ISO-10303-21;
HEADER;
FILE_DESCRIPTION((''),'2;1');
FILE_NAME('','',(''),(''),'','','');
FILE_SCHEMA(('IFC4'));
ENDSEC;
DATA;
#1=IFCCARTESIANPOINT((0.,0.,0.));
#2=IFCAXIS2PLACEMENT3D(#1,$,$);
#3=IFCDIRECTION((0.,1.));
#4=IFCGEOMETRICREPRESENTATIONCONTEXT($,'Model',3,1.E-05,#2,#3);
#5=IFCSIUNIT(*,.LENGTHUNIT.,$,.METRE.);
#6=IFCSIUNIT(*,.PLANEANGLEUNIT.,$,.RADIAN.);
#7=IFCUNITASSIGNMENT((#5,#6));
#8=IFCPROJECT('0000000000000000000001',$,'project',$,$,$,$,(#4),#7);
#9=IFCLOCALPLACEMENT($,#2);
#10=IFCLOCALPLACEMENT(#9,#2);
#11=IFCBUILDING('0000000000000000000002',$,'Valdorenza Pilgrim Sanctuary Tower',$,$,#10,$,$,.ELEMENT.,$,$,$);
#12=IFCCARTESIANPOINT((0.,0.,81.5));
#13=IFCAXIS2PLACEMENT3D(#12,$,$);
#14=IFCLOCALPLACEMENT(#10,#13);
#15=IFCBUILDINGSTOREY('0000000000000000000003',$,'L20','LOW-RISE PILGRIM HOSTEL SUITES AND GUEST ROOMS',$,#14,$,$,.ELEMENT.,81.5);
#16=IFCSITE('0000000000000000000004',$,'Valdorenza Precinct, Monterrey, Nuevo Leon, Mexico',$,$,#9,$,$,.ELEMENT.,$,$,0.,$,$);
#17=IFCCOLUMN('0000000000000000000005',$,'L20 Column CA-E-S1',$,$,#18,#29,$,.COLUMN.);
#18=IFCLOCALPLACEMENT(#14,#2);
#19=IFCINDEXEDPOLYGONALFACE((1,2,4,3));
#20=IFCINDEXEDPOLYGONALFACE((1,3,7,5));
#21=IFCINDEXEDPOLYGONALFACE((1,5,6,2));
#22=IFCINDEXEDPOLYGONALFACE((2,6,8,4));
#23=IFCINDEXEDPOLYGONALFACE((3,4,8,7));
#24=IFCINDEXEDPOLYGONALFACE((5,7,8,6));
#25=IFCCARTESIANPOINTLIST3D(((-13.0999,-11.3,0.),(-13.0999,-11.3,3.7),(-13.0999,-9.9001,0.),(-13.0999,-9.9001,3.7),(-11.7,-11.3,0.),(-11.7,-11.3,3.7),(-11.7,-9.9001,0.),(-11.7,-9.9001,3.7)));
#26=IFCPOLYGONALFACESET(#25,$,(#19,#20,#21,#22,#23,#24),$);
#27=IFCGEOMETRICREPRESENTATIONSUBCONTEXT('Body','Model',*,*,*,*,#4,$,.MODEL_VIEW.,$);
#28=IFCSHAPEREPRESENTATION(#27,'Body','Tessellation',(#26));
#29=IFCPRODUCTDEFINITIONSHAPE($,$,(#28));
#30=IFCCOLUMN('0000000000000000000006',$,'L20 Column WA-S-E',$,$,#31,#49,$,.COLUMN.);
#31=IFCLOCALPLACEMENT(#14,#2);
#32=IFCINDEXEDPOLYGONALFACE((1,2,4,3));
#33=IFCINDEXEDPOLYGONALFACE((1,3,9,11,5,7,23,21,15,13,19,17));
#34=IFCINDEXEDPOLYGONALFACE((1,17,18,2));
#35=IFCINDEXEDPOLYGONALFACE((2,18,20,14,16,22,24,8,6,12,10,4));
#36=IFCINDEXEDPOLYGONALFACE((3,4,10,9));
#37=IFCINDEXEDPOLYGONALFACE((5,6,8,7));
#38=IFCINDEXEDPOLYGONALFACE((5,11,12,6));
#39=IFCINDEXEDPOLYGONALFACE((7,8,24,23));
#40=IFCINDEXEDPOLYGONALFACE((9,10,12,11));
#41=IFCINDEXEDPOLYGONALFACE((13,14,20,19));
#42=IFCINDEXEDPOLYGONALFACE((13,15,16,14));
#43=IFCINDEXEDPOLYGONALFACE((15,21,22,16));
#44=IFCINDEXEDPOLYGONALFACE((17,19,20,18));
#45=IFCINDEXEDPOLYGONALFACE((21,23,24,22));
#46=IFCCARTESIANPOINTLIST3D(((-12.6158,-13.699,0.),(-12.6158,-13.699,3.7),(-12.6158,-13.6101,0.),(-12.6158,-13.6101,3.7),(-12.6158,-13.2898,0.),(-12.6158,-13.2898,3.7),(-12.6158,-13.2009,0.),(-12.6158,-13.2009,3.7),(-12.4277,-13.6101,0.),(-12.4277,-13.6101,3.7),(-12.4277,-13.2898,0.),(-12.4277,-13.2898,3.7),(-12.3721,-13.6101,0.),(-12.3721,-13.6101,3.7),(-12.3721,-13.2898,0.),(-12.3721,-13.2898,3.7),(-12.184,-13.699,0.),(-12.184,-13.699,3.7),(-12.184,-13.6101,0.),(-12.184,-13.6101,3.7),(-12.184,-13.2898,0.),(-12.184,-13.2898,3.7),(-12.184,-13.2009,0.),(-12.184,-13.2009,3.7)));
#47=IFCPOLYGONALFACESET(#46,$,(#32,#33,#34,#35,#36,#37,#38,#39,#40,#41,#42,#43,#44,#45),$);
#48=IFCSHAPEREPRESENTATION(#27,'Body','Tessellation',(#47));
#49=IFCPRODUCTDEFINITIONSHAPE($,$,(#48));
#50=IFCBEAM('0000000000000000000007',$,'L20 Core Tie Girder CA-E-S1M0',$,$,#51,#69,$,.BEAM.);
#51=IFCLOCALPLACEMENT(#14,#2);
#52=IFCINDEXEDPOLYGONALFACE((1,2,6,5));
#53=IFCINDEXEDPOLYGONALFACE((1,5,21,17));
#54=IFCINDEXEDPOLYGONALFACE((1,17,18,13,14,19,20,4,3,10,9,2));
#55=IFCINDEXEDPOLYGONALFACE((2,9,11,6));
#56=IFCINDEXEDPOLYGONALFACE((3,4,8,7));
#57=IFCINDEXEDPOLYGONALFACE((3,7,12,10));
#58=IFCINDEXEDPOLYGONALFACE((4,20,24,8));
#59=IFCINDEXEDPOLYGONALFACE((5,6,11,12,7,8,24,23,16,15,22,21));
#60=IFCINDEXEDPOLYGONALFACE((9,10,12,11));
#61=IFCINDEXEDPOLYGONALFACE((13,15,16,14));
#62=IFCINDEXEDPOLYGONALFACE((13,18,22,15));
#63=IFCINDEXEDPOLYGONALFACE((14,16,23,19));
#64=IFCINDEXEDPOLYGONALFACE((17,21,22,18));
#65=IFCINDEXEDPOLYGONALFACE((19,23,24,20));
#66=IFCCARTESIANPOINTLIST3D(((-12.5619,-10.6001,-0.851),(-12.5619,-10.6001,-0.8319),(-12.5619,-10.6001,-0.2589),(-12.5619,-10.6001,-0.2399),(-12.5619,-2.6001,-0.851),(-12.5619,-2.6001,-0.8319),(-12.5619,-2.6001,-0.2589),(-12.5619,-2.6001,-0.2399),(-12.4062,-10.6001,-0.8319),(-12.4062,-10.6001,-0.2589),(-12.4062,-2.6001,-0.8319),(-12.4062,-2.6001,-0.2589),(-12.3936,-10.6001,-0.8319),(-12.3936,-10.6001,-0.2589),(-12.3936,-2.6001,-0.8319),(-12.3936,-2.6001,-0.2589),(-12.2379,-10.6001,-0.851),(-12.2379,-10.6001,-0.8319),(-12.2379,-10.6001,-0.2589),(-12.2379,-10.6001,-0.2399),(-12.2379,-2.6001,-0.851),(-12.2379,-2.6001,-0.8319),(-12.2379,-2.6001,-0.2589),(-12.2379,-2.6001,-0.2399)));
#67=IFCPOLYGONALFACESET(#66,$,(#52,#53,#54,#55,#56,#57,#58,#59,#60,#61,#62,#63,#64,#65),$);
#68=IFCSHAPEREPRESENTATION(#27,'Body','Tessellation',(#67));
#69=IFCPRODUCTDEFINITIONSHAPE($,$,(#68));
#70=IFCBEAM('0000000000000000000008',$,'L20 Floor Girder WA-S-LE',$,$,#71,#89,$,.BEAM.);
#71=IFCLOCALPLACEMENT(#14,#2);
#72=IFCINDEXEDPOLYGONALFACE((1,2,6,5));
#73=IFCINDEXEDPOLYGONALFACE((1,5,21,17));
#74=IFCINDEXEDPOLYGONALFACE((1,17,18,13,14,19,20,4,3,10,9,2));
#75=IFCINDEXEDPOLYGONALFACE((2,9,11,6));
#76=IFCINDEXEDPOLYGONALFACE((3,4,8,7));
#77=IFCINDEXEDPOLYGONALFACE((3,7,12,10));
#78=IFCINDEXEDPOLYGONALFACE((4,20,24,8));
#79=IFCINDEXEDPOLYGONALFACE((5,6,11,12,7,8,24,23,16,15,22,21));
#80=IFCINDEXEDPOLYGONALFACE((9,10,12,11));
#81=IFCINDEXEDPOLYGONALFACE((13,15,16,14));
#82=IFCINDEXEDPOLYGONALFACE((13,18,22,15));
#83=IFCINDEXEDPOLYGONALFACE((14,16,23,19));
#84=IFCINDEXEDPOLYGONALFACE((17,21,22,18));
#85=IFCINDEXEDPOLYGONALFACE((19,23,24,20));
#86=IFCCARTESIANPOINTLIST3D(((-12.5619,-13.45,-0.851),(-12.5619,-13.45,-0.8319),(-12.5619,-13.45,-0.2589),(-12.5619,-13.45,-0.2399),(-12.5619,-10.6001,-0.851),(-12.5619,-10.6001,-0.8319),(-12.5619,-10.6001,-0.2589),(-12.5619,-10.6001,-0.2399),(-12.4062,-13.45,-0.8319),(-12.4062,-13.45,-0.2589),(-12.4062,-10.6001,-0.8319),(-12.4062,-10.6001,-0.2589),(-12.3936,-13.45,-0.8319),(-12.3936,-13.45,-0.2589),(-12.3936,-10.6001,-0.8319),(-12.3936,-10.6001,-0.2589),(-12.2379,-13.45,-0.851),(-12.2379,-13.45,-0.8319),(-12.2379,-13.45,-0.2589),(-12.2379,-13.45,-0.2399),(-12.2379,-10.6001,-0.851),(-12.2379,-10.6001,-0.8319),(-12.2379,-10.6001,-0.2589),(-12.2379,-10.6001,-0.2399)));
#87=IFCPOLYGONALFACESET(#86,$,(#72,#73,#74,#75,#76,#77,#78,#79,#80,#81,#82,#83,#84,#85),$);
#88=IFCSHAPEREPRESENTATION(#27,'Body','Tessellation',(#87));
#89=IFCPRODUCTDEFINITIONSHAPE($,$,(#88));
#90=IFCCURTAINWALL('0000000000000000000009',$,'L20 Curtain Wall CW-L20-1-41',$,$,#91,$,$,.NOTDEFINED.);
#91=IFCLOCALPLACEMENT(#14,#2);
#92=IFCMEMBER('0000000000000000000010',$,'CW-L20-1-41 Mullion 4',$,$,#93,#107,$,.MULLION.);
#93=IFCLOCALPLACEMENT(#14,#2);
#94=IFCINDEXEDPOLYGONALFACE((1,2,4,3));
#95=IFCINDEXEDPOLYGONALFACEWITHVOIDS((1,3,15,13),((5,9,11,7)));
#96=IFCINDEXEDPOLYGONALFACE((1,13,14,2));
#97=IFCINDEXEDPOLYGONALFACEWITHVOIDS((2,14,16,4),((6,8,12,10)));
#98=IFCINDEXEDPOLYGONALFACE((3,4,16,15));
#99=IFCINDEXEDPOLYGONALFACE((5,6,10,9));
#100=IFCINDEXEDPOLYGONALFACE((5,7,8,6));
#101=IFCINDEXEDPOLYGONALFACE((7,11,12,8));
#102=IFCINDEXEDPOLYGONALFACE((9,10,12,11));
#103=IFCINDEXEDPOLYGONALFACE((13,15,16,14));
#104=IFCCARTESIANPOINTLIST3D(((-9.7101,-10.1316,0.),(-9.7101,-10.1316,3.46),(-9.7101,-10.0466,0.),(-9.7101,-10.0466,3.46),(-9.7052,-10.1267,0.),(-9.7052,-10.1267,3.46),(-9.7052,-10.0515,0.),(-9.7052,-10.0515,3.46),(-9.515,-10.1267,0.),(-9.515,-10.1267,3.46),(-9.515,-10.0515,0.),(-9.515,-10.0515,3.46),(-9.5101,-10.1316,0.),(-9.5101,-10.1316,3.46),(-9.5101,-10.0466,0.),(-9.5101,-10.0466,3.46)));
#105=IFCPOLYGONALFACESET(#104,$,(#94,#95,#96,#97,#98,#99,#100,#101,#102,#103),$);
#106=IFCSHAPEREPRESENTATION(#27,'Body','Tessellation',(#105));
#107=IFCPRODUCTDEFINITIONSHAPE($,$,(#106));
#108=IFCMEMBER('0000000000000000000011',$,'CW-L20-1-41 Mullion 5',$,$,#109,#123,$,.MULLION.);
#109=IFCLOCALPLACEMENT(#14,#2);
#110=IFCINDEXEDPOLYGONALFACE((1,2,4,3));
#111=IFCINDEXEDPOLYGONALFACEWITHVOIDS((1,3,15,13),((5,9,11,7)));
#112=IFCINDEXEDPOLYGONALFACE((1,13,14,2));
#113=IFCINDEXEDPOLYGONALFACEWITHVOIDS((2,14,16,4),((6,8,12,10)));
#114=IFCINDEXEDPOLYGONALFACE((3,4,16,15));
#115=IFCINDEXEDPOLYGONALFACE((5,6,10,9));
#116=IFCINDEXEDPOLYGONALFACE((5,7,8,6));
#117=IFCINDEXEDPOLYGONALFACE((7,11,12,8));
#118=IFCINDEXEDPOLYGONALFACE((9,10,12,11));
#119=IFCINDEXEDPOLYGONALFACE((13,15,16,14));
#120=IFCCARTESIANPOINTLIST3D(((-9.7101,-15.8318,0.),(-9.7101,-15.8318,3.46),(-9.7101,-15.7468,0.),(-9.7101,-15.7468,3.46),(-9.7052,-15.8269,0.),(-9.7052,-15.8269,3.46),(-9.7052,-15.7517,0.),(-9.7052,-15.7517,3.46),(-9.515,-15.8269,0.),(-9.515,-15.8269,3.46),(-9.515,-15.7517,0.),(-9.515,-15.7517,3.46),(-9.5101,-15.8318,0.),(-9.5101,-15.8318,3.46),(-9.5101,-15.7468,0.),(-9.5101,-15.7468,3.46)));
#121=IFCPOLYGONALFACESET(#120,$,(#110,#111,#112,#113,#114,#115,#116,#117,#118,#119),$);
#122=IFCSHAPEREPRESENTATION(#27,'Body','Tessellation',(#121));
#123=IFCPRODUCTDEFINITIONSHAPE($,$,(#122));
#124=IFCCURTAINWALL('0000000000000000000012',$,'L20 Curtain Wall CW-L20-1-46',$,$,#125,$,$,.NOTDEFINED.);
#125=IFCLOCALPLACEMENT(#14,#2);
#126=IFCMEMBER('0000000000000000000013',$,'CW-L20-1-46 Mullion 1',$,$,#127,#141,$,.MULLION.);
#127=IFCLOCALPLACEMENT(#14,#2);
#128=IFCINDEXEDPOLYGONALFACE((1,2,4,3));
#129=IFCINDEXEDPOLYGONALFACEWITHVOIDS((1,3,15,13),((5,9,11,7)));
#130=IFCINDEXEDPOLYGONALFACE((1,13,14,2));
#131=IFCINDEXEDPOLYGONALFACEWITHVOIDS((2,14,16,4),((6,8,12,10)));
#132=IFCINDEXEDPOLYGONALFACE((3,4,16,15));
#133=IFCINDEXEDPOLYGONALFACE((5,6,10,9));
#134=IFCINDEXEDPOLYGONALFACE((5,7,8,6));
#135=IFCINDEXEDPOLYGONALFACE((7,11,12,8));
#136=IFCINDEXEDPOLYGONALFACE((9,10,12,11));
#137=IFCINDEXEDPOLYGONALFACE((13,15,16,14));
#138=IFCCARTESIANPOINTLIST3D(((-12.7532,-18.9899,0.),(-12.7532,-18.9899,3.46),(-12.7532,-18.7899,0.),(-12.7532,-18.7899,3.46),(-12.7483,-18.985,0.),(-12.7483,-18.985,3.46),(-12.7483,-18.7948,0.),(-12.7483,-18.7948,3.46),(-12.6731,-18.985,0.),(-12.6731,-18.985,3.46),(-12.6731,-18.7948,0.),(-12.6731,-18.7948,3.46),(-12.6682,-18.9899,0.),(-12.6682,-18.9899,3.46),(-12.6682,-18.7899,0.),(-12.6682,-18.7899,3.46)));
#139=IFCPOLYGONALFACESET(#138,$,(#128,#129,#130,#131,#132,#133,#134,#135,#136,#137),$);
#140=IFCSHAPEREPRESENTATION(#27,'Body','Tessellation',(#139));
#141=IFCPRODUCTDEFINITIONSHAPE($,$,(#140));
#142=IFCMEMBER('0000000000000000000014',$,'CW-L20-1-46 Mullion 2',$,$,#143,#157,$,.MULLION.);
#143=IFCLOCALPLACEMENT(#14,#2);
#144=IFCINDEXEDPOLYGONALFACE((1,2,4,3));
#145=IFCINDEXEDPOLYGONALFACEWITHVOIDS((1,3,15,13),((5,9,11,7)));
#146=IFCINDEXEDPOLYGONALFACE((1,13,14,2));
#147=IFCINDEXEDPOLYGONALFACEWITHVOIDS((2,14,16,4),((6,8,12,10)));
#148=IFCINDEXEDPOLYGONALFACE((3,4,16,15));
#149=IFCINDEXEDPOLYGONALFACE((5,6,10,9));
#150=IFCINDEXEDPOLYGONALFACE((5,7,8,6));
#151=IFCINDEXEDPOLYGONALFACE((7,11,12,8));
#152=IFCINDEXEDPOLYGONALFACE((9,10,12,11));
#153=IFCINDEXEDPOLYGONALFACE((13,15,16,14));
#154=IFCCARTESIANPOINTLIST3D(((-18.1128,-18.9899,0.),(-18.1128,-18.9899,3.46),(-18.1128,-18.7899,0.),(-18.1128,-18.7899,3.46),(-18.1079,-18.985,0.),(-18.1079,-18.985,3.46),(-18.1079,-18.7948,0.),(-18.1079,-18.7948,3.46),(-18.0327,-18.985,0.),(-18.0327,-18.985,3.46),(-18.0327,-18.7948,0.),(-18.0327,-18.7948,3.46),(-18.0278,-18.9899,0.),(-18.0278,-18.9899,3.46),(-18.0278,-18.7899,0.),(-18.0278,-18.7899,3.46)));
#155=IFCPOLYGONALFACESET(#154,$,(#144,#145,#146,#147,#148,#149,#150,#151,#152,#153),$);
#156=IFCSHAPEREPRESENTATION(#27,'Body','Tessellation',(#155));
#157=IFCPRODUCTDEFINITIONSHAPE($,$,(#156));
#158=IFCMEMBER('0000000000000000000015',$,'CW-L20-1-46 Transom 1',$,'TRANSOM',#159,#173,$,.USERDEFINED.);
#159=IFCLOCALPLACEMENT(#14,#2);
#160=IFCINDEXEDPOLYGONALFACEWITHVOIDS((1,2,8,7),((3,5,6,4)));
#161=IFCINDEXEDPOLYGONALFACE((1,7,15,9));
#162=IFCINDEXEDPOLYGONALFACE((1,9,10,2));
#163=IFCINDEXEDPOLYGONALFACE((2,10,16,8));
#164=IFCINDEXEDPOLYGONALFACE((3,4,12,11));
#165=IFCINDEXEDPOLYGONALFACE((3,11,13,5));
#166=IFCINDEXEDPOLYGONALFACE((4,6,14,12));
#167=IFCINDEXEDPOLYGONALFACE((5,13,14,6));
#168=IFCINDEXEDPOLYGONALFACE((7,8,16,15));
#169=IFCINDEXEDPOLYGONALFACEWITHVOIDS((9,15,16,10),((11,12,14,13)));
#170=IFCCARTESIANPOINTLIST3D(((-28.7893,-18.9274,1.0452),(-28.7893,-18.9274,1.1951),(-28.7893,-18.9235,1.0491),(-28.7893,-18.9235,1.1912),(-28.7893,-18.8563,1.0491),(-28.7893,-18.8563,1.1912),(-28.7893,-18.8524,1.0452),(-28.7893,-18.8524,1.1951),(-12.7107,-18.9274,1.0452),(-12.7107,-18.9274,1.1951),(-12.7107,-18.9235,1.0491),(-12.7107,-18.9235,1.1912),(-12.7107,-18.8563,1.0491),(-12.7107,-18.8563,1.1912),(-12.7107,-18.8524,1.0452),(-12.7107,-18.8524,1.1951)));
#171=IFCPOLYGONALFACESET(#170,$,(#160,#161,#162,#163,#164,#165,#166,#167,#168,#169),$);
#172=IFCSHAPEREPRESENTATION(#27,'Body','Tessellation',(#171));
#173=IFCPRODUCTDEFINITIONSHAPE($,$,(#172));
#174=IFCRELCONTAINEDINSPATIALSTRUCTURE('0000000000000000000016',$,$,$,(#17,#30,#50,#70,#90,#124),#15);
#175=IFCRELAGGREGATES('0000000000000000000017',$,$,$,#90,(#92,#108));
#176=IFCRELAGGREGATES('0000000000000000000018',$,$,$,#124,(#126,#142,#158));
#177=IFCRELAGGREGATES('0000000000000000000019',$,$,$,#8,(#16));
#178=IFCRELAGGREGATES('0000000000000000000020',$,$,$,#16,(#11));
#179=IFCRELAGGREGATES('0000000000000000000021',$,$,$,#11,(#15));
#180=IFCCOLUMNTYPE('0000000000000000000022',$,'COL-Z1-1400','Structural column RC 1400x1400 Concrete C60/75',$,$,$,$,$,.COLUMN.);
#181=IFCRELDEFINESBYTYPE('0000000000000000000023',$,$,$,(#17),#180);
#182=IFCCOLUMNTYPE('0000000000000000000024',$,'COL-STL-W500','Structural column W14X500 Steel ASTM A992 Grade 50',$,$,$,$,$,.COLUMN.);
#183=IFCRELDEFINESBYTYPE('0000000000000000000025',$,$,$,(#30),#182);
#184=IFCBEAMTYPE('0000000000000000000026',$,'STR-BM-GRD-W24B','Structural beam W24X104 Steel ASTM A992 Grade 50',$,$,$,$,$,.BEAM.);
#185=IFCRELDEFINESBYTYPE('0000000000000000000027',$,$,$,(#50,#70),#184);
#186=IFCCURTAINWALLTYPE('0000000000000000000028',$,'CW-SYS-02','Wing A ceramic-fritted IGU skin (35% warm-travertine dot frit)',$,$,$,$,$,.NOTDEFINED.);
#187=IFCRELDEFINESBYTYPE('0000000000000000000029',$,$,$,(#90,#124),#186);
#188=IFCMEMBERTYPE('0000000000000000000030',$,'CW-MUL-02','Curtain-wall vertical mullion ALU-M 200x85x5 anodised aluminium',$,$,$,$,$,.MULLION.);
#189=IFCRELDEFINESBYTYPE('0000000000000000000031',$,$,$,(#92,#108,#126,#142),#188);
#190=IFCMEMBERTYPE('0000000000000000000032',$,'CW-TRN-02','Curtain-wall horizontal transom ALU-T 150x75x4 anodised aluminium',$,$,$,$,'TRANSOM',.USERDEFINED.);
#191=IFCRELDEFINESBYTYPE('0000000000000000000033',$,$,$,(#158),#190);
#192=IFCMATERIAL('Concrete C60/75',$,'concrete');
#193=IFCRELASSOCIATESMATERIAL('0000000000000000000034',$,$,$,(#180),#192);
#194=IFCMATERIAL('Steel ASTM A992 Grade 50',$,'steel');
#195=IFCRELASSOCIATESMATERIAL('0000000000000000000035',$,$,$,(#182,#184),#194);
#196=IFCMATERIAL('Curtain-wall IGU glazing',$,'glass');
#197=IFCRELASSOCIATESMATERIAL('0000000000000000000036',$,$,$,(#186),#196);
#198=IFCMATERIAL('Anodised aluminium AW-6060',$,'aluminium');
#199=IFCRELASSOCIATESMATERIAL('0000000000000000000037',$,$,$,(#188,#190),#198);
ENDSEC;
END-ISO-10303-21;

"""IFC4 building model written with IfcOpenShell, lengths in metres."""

from ifc_helpers import new_model, si_unit, direction, frame, origin, origin_2d, place, context, subcontext, project, spatial, rectangle, hollow_rectangle, i_section, extrude, source, transform, mapped, material, material_profile, profile_set, type_object, element, aggregate, save


model = new_model("IFC4")

# Units and contexts
model_context = context("Model", 3, precision=1e-05, world=origin(), true_north=direction((0.0, 1.0)))
body_context = subcontext(model_context, "Body", "Model", "MODEL_VIEW")
ifc_project = project(units=[si_unit("LENGTHUNIT", "METRE"), si_unit("PLANEANGLEUNIT", "RADIAN")], contexts=[model_context])

# Site, building, storey
site_placement = place(None, origin())
site = spatial("IfcSite", under=ifc_project, at=site_placement, Name="Valdorenza Precinct, Monterrey, Nuevo Leon, Mexico", CompositionType="ELEMENT", RefElevation=0.0)
building_placement = place(site_placement, origin())
building = spatial("IfcBuilding", under=site, at=building_placement, Name="Valdorenza Pilgrim Sanctuary Tower", CompositionType="ELEMENT")
storey_placement = place(building_placement, frame((0.0, 0.0, 81.5)))
storey = spatial("IfcBuildingStorey", under=building, at=storey_placement, Name="L20", Description="LOW-RISE PILGRIM HOSTEL SUITES AND GUEST ROOMS", CompositionType="ELEMENT", Elevation=81.5)

# Columns
ifc_material_1 = material(Name="Concrete C60/75", Category="concrete")
ifc_material_profile_1 = material_profile(ifc_material_1, rectangle(XDim=1.3999, YDim=1.3999, at=origin_2d()), Name="RC 1400x1400")
ifc_profile_set_1 = profile_set([ifc_material_profile_1], Name="Concrete C60/75")
column_type_1 = type_object("IfcColumnType", Name="COL-Z1-1400", Description="Structural column RC 1400x1400 Concrete C60/75", PredefinedType="COLUMN", material=ifc_profile_set_1)
shared_shape_1 = source(origin(), body_context, "Body", "SweptSolid", [
    extrude(rectangle(XDim=1.3999, YDim=1.3999, at=origin_2d()), origin(), (0.0, 0.0, 1.0), 3.7),
])
column_1_placement = place(storey_placement, frame((-12.3999, -10.6001, 0.0), z_axis=(0.0, 0.0, 1.0), x_axis=(1.0, 0.0, 0.0)))
element("IfcColumn", 1, at=column_1_placement, inside=storey, type_object=column_type_1, Name="L20 Column CA-E-S1", PredefinedType="COLUMN", context=body_context, shape_type="MappedRepresentation", body=[
    mapped(shared_shape_1, transform((0.0, 0.0, 0.0), x_axis=(1.0, 0.0, 0.0), y_axis=(0.0, 1.0, 0.0), z_axis=(0.0, 0.0, 1.0), scale=1.0)),
])
ifc_material_2 = material(Name="Steel ASTM A992 Grade 50", Category="steel")
ifc_material_profile_2 = material_profile(ifc_material_2, i_section(OverallWidth=0.4319, OverallDepth=0.498, WebThickness=0.0557, FlangeThickness=0.0889, at=origin_2d()), Name="W14X500")
ifc_profile_set_2 = profile_set([ifc_material_profile_2], Name="Steel ASTM A992 Grade 50")
column_type_2 = type_object("IfcColumnType", Name="COL-STL-W500", Description="Structural column W14X500 Steel ASTM A992 Grade 50", PredefinedType="COLUMN", material=ifc_profile_set_2)
shared_shape_2 = source(origin(), body_context, "Body", "SweptSolid", [
    extrude(i_section(OverallWidth=0.4319, OverallDepth=0.498, WebThickness=0.0557, FlangeThickness=0.0889, at=origin_2d()), origin(), (0.0, 0.0, 1.0), 3.7),
])
column_2_placement = place(storey_placement, frame((-12.3999, -13.45, 0.0), z_axis=(0.0, 0.0, 1.0), x_axis=(1.0, 0.0, 0.0)))
element("IfcColumn", 2, at=column_2_placement, inside=storey, type_object=column_type_2, Name="L20 Column WA-S-E", PredefinedType="COLUMN", context=body_context, shape_type="MappedRepresentation", body=[
    mapped(shared_shape_2, transform((0.0, 0.0, 0.0), x_axis=(1.0, 0.0, 0.0), y_axis=(0.0, 1.0, 0.0), z_axis=(0.0, 0.0, 1.0), scale=1.0)),
])

# Beams
ifc_material_profile_3 = material_profile(ifc_material_2, i_section(OverallWidth=0.324, OverallDepth=0.6111, WebThickness=0.0127, FlangeThickness=0.019, at=origin_2d()), Name="W24X104")
ifc_profile_set_3 = profile_set([ifc_material_profile_3], Name="Steel ASTM A992 Grade 50")
beam_type = type_object("IfcBeamType", Name="STR-BM-GRD-W24B", Description="Structural beam W24X104 Steel ASTM A992 Grade 50", PredefinedType="BEAM", material=ifc_profile_set_3)
shared_shape_3 = source(origin(), body_context, "Body", "SweptSolid", [
    extrude(i_section(OverallWidth=0.324, OverallDepth=0.6111, WebThickness=0.0127, FlangeThickness=0.019, at=origin_2d()), origin(), (0.0, 0.0, 1.0), 8.0),
])
beam_1_placement = place(storey_placement, frame((-12.3999, -10.6001, -0.5454), z_axis=(0.0, 1.0, 0.0), x_axis=(-1.0, 0.0, 0.0)))
element("IfcBeam", 3, at=beam_1_placement, inside=storey, type_object=beam_type, Name="L20 Core Tie Girder CA-E-S1M0", PredefinedType="BEAM", context=body_context, shape_type="MappedRepresentation", body=[
    mapped(shared_shape_3, transform((0.0, 0.0, 0.0), x_axis=(1.0, 0.0, 0.0), y_axis=(0.0, 1.0, 0.0), z_axis=(0.0, 0.0, 1.0), scale=1.0)),
])
shared_shape_4 = source(origin(), body_context, "Body", "SweptSolid", [
    extrude(i_section(OverallWidth=0.324, OverallDepth=0.6111, WebThickness=0.0127, FlangeThickness=0.019, at=origin_2d()), origin(), (0.0, 0.0, 1.0), 2.8499),
])
beam_2_placement = place(storey_placement, frame((-12.3999, -13.45, -0.5454), z_axis=(0.0, 1.0, 0.0), x_axis=(-1.0, 0.0, 0.0)))
element("IfcBeam", 4, at=beam_2_placement, inside=storey, type_object=beam_type, Name="L20 Floor Girder WA-S-LE", PredefinedType="BEAM", context=body_context, shape_type="MappedRepresentation", body=[
    mapped(shared_shape_4, transform((0.0, 0.0, 0.0), x_axis=(1.0, 0.0, 0.0), y_axis=(0.0, 1.0, 0.0), z_axis=(0.0, 0.0, 1.0), scale=1.0)),
])

# Curtain walls, members
ifc_material_3 = material(Name="Curtain-wall IGU glazing", Category="glass")
curtain_wall_type = type_object("IfcCurtainWallType", Name="CW-SYS-02", Description="Wing A ceramic-fritted IGU skin (35% warm-travertine dot frit)", PredefinedType="NOTDEFINED", material=ifc_material_3)
curtain_wall_1_placement = place(storey_placement, origin())
curtain_wall_1 = element("IfcCurtainWall", 5, at=curtain_wall_1_placement, inside=storey, type_object=curtain_wall_type, Name="L20 Curtain Wall CW-L20-1-41", PredefinedType="NOTDEFINED")
ifc_material_4 = material(Name="Anodised aluminium AW-6060", Category="aluminium")
ifc_material_profile_4 = material_profile(ifc_material_4, hollow_rectangle(XDim=0.085, YDim=0.2, WallThickness=0.0049, at=origin_2d()), Name="ALU-M 200x85x5")
ifc_profile_set_4 = profile_set([ifc_material_profile_4], Name="Anodised aluminium AW-6060")
member_type_1 = type_object("IfcMemberType", Name="CW-MUL-02", Description="Curtain-wall vertical mullion ALU-M 200x85x5 anodised aluminium", PredefinedType="MULLION", material=ifc_profile_set_4)
shared_shape_5 = source(origin(), body_context, "Body", "SweptSolid", [
    extrude(hollow_rectangle(XDim=0.085, YDim=0.2, WallThickness=0.0049, at=origin_2d()), origin(), (0.0, 0.0, 1.0), 3.46),
])
member_1_placement = place(storey_placement, frame((-9.6101, -10.0891, 0.0), z_axis=(0.0, 0.0, 1.0), x_axis=(0.0, -1.0, 0.0)))
member_1 = element("IfcMember", 6, at=member_1_placement, type_object=member_type_1, Name="CW-L20-1-41 Mullion 4", PredefinedType="MULLION", context=body_context, shape_type="MappedRepresentation", body=[
    mapped(shared_shape_5, transform((0.0, 0.0, 0.0), x_axis=(1.0, 0.0, 0.0), y_axis=(0.0, 1.0, 0.0), z_axis=(0.0, 0.0, 1.0), scale=1.0)),
])
member_2_placement = place(storey_placement, frame((-9.6101, -15.7893, 0.0), z_axis=(0.0, 0.0, 1.0), x_axis=(0.0, -1.0, 0.0)))
member_2 = element("IfcMember", 7, at=member_2_placement, type_object=member_type_1, Name="CW-L20-1-41 Mullion 5", PredefinedType="MULLION", context=body_context, shape_type="MappedRepresentation", body=[
    mapped(shared_shape_5, transform((0.0, 0.0, 0.0), x_axis=(1.0, 0.0, 0.0), y_axis=(0.0, 1.0, 0.0), z_axis=(0.0, 0.0, 1.0), scale=1.0)),
])
curtain_wall_2_placement = place(storey_placement, origin())
curtain_wall_2 = element("IfcCurtainWall", 8, at=curtain_wall_2_placement, inside=storey, type_object=curtain_wall_type, Name="L20 Curtain Wall CW-L20-1-46", PredefinedType="NOTDEFINED")
member_3_placement = place(storey_placement, frame((-12.7107, -18.8899, 0.0), z_axis=(0.0, 0.0, 1.0), x_axis=(-1.0, 0.0, 0.0)))
member_3 = element("IfcMember", 9, at=member_3_placement, type_object=member_type_1, Name="CW-L20-1-46 Mullion 1", PredefinedType="MULLION", context=body_context, shape_type="MappedRepresentation", body=[
    mapped(shared_shape_5, transform((0.0, 0.0, 0.0), x_axis=(1.0, 0.0, 0.0), y_axis=(0.0, 1.0, 0.0), z_axis=(0.0, 0.0, 1.0), scale=1.0)),
])
member_4_placement = place(storey_placement, frame((-18.0703, -18.8899, 0.0), z_axis=(0.0, 0.0, 1.0), x_axis=(-1.0, 0.0, 0.0)))
member_4 = element("IfcMember", 10, at=member_4_placement, type_object=member_type_1, Name="CW-L20-1-46 Mullion 2", PredefinedType="MULLION", context=body_context, shape_type="MappedRepresentation", body=[
    mapped(shared_shape_5, transform((0.0, 0.0, 0.0), x_axis=(1.0, 0.0, 0.0), y_axis=(0.0, 1.0, 0.0), z_axis=(0.0, 0.0, 1.0), scale=1.0)),
])
ifc_material_profile_5 = material_profile(ifc_material_4, hollow_rectangle(XDim=0.075, YDim=0.1499, WallThickness=0.0039, at=origin_2d()), Name="ALU-T 150x75x4")
ifc_profile_set_5 = profile_set([ifc_material_profile_5], Name="Anodised aluminium AW-6060")
member_type_2 = type_object("IfcMemberType", Name="CW-TRN-02", Description="Curtain-wall horizontal transom ALU-T 150x75x4 anodised aluminium", ElementType="TRANSOM", PredefinedType="USERDEFINED", material=ifc_profile_set_5)
shared_shape_6 = source(origin(), body_context, "Body", "SweptSolid", [
    extrude(hollow_rectangle(XDim=0.075, YDim=0.1499, WallThickness=0.0039, at=origin_2d()), origin(), (0.0, 0.0, 1.0), 16.0786),
])
member_5_placement = place(storey_placement, frame((-12.7107, -18.8899, 1.1201), z_axis=(-1.0, 0.0, 0.0), x_axis=(0.0, -1.0, 0.0)))
member_5 = element("IfcMember", 11, at=member_5_placement, type_object=member_type_2, Name="CW-L20-1-46 Transom 1", ObjectType="TRANSOM", PredefinedType="USERDEFINED", context=body_context, shape_type="MappedRepresentation", body=[
    mapped(shared_shape_6, transform((0.0, 0.0, 0.0), x_axis=(1.0, 0.0, 0.0), y_axis=(0.0, 1.0, 0.0), z_axis=(0.0, 0.0, 1.0), scale=1.0)),
])

aggregate(curtain_wall_1, [member_1, member_2])
aggregate(curtain_wall_2, [member_3, member_4, member_5])

save(model, "model.ifc")
